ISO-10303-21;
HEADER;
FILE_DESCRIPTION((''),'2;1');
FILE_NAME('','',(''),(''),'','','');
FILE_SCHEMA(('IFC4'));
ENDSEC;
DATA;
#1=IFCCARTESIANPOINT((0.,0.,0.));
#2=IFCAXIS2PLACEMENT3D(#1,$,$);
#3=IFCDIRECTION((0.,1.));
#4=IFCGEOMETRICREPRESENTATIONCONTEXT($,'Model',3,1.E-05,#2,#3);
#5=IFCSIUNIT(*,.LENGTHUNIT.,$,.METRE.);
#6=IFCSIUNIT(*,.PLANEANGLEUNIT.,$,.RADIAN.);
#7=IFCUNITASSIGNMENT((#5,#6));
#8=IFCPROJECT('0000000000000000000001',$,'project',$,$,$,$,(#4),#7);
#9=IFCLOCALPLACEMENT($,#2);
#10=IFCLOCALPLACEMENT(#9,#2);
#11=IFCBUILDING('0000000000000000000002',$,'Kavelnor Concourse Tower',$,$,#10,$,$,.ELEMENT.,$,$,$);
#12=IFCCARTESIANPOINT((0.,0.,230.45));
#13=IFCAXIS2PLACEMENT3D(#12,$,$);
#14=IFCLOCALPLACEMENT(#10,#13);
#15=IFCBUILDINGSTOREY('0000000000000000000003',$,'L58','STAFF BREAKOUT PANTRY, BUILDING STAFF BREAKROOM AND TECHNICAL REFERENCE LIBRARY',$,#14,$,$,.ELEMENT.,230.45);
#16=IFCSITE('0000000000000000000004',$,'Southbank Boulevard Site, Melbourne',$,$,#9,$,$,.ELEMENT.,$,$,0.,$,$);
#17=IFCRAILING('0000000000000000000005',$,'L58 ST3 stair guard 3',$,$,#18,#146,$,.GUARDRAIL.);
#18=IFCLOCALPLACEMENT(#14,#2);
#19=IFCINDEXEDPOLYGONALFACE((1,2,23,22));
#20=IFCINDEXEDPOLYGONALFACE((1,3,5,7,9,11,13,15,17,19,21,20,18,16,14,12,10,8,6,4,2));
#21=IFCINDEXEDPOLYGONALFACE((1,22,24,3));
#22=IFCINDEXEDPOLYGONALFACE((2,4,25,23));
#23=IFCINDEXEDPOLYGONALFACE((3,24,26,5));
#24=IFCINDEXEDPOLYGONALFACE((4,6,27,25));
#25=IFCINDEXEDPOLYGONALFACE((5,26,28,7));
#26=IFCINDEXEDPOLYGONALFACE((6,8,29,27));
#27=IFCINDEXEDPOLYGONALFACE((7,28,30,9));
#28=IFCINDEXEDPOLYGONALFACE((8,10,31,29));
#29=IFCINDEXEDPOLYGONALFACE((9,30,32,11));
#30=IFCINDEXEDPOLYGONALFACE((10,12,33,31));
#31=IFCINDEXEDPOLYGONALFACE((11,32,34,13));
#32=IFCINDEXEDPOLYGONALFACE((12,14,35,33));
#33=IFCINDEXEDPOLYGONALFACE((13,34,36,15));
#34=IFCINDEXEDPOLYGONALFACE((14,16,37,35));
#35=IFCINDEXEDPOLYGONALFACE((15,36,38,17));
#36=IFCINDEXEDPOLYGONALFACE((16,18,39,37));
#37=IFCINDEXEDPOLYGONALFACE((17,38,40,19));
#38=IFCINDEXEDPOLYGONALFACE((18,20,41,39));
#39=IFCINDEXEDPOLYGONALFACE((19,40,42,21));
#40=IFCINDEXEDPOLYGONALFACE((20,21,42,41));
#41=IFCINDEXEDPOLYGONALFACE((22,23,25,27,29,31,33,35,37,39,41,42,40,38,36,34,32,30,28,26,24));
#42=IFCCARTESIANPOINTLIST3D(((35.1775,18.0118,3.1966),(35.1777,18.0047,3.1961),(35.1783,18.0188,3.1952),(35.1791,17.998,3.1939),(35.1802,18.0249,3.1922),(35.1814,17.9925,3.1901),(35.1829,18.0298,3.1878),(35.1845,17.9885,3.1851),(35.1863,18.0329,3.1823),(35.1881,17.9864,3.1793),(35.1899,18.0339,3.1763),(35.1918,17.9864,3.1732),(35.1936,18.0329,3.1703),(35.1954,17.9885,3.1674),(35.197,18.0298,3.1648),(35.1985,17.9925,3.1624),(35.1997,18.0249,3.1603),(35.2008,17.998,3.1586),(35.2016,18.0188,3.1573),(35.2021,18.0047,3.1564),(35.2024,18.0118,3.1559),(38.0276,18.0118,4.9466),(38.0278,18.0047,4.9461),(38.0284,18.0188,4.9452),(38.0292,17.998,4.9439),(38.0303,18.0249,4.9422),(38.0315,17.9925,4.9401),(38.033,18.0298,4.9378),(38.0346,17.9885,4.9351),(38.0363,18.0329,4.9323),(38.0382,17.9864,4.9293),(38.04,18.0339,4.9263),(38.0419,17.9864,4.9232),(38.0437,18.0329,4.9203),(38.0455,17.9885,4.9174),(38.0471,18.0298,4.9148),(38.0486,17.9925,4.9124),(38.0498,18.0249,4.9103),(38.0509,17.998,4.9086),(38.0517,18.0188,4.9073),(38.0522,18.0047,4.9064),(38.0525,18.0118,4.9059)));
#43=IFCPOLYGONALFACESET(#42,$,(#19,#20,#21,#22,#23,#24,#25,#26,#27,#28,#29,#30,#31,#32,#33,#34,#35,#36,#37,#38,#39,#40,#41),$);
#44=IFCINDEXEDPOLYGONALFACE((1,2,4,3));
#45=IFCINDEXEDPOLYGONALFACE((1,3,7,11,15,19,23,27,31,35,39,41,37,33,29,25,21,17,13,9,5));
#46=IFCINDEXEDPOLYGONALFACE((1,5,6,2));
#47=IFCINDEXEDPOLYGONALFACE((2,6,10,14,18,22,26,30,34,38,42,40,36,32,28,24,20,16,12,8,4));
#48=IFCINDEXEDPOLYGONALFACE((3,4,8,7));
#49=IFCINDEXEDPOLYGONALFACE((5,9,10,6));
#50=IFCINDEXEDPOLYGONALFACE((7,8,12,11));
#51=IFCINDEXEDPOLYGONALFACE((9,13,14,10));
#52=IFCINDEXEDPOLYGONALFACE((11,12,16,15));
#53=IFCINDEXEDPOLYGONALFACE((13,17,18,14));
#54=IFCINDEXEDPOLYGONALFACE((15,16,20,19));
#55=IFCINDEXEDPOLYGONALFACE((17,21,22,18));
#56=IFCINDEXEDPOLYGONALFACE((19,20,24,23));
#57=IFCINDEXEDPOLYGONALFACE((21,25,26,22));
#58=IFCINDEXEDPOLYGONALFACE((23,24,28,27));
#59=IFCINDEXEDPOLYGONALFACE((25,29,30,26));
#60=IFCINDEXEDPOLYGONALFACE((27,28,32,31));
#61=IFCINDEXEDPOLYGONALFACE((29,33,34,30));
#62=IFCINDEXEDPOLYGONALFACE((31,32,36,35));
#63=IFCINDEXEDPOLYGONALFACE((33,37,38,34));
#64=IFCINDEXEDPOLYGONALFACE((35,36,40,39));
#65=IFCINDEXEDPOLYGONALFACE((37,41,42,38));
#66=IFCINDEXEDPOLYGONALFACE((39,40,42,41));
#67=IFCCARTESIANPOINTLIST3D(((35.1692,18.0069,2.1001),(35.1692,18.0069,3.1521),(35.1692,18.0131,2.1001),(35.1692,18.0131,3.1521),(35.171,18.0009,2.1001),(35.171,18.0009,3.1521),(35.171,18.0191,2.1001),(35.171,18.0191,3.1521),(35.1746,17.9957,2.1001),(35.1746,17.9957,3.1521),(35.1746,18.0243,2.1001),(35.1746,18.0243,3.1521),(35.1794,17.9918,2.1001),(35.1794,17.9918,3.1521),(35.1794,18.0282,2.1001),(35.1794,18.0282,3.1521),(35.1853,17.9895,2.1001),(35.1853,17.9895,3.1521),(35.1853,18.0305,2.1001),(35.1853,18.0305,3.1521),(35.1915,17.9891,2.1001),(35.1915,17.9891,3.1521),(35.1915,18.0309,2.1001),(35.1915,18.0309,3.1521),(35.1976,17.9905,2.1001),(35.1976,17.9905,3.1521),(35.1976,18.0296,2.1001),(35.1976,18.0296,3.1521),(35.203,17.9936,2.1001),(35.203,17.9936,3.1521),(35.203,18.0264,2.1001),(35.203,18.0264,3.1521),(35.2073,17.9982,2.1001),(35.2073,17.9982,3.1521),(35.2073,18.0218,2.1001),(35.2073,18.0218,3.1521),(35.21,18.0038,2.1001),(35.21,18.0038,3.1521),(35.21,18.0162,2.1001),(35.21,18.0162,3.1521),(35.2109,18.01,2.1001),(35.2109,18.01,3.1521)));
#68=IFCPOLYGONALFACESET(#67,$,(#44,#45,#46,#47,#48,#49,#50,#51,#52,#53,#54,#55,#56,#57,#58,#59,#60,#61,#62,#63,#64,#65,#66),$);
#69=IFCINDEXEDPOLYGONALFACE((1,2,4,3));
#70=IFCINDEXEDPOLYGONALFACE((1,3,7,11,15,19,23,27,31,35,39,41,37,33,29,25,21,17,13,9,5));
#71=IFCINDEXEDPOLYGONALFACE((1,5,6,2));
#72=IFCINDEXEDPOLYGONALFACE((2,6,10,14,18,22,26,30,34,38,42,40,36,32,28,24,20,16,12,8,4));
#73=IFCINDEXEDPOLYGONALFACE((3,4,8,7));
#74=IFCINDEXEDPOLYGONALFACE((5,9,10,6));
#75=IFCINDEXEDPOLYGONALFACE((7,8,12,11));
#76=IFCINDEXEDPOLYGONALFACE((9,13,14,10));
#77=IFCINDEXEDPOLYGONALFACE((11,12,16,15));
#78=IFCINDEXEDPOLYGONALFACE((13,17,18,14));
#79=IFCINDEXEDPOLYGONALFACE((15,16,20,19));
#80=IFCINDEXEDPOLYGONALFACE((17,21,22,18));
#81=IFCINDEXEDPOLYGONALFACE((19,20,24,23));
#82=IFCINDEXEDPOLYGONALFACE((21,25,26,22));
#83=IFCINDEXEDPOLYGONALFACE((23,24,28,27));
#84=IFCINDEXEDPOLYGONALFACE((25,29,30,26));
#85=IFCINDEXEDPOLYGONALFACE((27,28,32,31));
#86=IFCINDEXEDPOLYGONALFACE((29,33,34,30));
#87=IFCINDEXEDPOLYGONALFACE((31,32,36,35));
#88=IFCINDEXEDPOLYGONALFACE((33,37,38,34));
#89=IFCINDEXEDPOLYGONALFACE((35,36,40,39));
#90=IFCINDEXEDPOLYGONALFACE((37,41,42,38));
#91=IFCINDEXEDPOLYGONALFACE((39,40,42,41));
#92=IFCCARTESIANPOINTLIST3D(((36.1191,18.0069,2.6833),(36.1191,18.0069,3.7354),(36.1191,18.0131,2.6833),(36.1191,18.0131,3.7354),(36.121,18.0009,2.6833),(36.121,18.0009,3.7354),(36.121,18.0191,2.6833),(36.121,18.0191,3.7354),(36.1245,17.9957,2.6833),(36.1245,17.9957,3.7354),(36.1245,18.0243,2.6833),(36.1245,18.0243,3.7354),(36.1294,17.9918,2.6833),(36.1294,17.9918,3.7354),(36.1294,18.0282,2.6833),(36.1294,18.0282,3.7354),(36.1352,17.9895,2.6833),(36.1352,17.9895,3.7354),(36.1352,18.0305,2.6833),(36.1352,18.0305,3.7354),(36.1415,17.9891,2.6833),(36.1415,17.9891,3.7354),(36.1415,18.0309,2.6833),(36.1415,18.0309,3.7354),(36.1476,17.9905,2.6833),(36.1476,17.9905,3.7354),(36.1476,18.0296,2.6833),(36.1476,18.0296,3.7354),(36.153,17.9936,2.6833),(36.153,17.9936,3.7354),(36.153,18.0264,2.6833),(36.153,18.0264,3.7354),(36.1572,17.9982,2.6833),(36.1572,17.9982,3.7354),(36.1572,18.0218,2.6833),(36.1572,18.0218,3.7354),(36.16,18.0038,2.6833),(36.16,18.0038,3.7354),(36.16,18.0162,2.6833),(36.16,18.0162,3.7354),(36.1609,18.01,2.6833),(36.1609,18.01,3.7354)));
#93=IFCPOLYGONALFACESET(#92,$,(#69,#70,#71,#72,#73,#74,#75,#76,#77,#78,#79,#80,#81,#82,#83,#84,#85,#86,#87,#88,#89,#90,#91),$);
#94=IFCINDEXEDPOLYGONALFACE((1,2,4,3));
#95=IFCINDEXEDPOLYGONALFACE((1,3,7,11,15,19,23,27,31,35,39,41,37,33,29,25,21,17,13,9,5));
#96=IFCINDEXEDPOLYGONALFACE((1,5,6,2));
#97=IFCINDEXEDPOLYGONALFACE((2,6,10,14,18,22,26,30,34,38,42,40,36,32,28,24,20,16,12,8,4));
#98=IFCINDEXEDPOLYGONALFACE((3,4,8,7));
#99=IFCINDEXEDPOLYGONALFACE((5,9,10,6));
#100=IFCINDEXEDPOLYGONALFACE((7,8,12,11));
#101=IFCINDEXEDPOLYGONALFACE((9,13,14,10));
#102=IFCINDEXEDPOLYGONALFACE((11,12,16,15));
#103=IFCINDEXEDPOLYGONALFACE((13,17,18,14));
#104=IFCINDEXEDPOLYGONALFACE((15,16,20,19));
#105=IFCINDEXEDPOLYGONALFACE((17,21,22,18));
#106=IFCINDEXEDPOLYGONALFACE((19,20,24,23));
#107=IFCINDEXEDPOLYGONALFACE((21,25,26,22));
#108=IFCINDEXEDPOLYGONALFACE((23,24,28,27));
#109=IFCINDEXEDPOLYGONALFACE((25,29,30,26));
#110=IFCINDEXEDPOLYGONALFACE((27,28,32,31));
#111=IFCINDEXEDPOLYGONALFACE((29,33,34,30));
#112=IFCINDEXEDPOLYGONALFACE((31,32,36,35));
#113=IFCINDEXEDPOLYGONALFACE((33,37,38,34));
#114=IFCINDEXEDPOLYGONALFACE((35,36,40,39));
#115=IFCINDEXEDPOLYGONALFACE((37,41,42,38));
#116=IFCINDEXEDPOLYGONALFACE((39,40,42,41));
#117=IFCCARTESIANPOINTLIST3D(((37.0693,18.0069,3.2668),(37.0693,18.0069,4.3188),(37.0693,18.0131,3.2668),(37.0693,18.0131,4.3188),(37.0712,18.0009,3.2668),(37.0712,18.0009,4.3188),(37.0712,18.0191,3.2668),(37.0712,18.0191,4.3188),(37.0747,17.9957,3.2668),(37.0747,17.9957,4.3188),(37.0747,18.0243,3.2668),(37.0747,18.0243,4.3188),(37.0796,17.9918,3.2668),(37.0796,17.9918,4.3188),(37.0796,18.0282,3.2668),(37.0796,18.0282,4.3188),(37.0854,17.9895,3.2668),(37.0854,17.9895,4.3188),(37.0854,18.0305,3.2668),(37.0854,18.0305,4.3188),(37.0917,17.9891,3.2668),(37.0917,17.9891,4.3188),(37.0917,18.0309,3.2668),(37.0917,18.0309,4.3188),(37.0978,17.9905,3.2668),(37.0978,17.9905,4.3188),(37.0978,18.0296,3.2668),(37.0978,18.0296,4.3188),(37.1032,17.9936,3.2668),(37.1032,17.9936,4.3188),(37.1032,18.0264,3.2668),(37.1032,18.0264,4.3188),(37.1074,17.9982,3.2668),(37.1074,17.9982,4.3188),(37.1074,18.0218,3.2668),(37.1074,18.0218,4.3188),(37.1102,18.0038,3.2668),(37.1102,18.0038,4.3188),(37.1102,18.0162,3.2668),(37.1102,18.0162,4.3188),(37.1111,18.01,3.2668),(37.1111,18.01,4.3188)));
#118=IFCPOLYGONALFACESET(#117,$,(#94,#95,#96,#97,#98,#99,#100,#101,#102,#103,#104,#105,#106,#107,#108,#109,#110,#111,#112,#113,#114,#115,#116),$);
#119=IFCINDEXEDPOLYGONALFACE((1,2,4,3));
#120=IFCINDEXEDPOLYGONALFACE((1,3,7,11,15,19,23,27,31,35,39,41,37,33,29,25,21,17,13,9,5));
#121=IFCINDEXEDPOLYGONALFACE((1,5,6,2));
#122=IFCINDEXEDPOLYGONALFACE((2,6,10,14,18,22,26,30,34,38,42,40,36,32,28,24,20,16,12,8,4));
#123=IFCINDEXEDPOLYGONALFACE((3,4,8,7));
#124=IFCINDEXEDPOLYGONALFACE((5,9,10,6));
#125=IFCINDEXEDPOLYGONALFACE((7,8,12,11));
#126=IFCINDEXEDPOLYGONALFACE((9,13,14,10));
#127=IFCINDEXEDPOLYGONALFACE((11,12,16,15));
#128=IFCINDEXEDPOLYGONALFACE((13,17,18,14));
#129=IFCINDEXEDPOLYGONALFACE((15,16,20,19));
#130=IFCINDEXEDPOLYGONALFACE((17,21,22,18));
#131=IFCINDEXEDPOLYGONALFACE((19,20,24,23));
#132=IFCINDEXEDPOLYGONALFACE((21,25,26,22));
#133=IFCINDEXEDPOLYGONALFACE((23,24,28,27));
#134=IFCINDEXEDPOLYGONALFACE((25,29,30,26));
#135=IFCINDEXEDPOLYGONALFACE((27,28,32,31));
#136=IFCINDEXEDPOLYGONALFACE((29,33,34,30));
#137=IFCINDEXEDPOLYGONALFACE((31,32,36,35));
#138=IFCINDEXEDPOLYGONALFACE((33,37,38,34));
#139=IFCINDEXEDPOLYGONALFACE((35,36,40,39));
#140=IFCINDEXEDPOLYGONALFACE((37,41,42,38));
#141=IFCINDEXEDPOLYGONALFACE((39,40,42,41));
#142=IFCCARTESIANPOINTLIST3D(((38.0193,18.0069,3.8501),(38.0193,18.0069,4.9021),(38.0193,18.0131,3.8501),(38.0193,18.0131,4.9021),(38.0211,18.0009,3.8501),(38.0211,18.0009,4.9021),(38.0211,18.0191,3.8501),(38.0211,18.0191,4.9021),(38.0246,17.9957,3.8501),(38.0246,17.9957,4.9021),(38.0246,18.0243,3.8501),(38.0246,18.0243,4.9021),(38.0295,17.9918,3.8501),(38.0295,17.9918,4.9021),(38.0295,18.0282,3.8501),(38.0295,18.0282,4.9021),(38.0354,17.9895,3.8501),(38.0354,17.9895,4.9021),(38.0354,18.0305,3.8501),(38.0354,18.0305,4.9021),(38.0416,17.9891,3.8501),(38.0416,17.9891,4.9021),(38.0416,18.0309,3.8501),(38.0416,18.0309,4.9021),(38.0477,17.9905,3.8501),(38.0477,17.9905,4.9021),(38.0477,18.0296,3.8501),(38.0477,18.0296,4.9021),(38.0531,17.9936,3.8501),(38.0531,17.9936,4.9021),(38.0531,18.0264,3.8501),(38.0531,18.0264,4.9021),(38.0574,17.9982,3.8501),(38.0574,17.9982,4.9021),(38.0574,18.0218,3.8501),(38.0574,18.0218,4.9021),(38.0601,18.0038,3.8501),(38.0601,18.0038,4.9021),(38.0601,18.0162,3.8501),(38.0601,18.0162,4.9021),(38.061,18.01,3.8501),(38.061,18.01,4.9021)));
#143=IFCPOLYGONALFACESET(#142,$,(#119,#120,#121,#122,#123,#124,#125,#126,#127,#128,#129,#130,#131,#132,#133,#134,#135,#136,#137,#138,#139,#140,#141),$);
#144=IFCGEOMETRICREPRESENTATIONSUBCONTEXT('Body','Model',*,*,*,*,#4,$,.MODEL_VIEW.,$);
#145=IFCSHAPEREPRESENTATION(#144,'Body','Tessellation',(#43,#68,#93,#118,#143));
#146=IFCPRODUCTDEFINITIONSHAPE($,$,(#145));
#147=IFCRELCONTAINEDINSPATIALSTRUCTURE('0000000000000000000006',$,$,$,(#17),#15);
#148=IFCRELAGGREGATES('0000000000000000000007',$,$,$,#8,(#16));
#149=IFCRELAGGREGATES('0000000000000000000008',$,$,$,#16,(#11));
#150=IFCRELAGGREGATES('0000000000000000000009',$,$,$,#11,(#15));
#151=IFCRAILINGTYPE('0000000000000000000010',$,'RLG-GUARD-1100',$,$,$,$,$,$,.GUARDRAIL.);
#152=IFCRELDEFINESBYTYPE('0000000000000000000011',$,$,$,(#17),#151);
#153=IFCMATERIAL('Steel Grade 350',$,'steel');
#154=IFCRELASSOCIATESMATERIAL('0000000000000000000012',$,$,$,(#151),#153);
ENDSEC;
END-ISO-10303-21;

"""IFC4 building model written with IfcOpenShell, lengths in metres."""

from ifc_helpers import new_model, si_unit, direction, frame, origin, origin_2d, place, context, subcontext, project, spatial, circle, extrude, material, type_object, element, save


model = new_model("IFC4")

# Units and contexts
model_context = context("Model", 3, precision=1e-05, world=origin(), true_north=direction((0.0, 1.0)))
body_context = subcontext(model_context, "Body", "Model", "MODEL_VIEW")
ifc_project = project(units=[si_unit("LENGTHUNIT", "METRE"), si_unit("PLANEANGLEUNIT", "RADIAN")], contexts=[model_context])

# Site, building, storey
site_placement = place(None, origin())
site = spatial("IfcSite", under=ifc_project, at=site_placement, Name="Southbank Boulevard Site, Melbourne", CompositionType="ELEMENT", RefElevation=0.0)
building_placement = place(site_placement, origin())
building = spatial("IfcBuilding", under=site, at=building_placement, Name="Kavelnor Concourse Tower", CompositionType="ELEMENT")
storey_placement = place(building_placement, frame((0.0, 0.0, 230.45)))
storey = spatial("IfcBuildingStorey", under=building, at=storey_placement, Name="L58", Description="STAFF BREAKOUT PANTRY, BUILDING STAFF BREAKROOM AND TECHNICAL REFERENCE LIBRARY", CompositionType="ELEMENT", Elevation=230.45)

# Shared definitions
ifc_material_1 = material(Name="Steel Grade 350", Category="steel")

# Railing
railing_type_1 = type_object("IfcRailingType", Name="RLG-GUARD-1100", PredefinedType="GUARDRAIL", material=ifc_material_1)
railing_1_placement = place(storey_placement, frame((35.1899, 18.01, 2.1001)))
element("IfcRailing", 1, at=railing_1_placement, inside=storey, type_object=railing_type_1, Name="L58 ST3 stair guard 3", PredefinedType="GUARDRAIL", context=body_context, shape_type="SweptSolid", body=[
    extrude(circle(Radius=0.0239, at=origin_2d()), frame((0.0, 0.0, 1.0762), z_axis=(0.852179, 0.0, 0.52325), x_axis=(0.0, 1.0, 0.0)), (0.0, 0.0, 1.0), 3.3445),
    extrude(circle(Radius=0.021, at=origin_2d()), origin(), (0.0, 0.0, 1.0), 1.052),
    extrude(circle(Radius=0.021, at=origin_2d()), frame((0.95, 0.0, 0.5833)), (0.0, 0.0, 1.0), 1.052),
    extrude(circle(Radius=0.021, at=origin_2d()), frame((1.9001, 0.0, 1.1667)), (0.0, 0.0, 1.0), 1.052),
    extrude(circle(Radius=0.021, at=origin_2d()), frame((2.8501, 0.0, 1.75)), (0.0, 0.0, 1.0), 1.052),
])

save(model, "model.ifc")
